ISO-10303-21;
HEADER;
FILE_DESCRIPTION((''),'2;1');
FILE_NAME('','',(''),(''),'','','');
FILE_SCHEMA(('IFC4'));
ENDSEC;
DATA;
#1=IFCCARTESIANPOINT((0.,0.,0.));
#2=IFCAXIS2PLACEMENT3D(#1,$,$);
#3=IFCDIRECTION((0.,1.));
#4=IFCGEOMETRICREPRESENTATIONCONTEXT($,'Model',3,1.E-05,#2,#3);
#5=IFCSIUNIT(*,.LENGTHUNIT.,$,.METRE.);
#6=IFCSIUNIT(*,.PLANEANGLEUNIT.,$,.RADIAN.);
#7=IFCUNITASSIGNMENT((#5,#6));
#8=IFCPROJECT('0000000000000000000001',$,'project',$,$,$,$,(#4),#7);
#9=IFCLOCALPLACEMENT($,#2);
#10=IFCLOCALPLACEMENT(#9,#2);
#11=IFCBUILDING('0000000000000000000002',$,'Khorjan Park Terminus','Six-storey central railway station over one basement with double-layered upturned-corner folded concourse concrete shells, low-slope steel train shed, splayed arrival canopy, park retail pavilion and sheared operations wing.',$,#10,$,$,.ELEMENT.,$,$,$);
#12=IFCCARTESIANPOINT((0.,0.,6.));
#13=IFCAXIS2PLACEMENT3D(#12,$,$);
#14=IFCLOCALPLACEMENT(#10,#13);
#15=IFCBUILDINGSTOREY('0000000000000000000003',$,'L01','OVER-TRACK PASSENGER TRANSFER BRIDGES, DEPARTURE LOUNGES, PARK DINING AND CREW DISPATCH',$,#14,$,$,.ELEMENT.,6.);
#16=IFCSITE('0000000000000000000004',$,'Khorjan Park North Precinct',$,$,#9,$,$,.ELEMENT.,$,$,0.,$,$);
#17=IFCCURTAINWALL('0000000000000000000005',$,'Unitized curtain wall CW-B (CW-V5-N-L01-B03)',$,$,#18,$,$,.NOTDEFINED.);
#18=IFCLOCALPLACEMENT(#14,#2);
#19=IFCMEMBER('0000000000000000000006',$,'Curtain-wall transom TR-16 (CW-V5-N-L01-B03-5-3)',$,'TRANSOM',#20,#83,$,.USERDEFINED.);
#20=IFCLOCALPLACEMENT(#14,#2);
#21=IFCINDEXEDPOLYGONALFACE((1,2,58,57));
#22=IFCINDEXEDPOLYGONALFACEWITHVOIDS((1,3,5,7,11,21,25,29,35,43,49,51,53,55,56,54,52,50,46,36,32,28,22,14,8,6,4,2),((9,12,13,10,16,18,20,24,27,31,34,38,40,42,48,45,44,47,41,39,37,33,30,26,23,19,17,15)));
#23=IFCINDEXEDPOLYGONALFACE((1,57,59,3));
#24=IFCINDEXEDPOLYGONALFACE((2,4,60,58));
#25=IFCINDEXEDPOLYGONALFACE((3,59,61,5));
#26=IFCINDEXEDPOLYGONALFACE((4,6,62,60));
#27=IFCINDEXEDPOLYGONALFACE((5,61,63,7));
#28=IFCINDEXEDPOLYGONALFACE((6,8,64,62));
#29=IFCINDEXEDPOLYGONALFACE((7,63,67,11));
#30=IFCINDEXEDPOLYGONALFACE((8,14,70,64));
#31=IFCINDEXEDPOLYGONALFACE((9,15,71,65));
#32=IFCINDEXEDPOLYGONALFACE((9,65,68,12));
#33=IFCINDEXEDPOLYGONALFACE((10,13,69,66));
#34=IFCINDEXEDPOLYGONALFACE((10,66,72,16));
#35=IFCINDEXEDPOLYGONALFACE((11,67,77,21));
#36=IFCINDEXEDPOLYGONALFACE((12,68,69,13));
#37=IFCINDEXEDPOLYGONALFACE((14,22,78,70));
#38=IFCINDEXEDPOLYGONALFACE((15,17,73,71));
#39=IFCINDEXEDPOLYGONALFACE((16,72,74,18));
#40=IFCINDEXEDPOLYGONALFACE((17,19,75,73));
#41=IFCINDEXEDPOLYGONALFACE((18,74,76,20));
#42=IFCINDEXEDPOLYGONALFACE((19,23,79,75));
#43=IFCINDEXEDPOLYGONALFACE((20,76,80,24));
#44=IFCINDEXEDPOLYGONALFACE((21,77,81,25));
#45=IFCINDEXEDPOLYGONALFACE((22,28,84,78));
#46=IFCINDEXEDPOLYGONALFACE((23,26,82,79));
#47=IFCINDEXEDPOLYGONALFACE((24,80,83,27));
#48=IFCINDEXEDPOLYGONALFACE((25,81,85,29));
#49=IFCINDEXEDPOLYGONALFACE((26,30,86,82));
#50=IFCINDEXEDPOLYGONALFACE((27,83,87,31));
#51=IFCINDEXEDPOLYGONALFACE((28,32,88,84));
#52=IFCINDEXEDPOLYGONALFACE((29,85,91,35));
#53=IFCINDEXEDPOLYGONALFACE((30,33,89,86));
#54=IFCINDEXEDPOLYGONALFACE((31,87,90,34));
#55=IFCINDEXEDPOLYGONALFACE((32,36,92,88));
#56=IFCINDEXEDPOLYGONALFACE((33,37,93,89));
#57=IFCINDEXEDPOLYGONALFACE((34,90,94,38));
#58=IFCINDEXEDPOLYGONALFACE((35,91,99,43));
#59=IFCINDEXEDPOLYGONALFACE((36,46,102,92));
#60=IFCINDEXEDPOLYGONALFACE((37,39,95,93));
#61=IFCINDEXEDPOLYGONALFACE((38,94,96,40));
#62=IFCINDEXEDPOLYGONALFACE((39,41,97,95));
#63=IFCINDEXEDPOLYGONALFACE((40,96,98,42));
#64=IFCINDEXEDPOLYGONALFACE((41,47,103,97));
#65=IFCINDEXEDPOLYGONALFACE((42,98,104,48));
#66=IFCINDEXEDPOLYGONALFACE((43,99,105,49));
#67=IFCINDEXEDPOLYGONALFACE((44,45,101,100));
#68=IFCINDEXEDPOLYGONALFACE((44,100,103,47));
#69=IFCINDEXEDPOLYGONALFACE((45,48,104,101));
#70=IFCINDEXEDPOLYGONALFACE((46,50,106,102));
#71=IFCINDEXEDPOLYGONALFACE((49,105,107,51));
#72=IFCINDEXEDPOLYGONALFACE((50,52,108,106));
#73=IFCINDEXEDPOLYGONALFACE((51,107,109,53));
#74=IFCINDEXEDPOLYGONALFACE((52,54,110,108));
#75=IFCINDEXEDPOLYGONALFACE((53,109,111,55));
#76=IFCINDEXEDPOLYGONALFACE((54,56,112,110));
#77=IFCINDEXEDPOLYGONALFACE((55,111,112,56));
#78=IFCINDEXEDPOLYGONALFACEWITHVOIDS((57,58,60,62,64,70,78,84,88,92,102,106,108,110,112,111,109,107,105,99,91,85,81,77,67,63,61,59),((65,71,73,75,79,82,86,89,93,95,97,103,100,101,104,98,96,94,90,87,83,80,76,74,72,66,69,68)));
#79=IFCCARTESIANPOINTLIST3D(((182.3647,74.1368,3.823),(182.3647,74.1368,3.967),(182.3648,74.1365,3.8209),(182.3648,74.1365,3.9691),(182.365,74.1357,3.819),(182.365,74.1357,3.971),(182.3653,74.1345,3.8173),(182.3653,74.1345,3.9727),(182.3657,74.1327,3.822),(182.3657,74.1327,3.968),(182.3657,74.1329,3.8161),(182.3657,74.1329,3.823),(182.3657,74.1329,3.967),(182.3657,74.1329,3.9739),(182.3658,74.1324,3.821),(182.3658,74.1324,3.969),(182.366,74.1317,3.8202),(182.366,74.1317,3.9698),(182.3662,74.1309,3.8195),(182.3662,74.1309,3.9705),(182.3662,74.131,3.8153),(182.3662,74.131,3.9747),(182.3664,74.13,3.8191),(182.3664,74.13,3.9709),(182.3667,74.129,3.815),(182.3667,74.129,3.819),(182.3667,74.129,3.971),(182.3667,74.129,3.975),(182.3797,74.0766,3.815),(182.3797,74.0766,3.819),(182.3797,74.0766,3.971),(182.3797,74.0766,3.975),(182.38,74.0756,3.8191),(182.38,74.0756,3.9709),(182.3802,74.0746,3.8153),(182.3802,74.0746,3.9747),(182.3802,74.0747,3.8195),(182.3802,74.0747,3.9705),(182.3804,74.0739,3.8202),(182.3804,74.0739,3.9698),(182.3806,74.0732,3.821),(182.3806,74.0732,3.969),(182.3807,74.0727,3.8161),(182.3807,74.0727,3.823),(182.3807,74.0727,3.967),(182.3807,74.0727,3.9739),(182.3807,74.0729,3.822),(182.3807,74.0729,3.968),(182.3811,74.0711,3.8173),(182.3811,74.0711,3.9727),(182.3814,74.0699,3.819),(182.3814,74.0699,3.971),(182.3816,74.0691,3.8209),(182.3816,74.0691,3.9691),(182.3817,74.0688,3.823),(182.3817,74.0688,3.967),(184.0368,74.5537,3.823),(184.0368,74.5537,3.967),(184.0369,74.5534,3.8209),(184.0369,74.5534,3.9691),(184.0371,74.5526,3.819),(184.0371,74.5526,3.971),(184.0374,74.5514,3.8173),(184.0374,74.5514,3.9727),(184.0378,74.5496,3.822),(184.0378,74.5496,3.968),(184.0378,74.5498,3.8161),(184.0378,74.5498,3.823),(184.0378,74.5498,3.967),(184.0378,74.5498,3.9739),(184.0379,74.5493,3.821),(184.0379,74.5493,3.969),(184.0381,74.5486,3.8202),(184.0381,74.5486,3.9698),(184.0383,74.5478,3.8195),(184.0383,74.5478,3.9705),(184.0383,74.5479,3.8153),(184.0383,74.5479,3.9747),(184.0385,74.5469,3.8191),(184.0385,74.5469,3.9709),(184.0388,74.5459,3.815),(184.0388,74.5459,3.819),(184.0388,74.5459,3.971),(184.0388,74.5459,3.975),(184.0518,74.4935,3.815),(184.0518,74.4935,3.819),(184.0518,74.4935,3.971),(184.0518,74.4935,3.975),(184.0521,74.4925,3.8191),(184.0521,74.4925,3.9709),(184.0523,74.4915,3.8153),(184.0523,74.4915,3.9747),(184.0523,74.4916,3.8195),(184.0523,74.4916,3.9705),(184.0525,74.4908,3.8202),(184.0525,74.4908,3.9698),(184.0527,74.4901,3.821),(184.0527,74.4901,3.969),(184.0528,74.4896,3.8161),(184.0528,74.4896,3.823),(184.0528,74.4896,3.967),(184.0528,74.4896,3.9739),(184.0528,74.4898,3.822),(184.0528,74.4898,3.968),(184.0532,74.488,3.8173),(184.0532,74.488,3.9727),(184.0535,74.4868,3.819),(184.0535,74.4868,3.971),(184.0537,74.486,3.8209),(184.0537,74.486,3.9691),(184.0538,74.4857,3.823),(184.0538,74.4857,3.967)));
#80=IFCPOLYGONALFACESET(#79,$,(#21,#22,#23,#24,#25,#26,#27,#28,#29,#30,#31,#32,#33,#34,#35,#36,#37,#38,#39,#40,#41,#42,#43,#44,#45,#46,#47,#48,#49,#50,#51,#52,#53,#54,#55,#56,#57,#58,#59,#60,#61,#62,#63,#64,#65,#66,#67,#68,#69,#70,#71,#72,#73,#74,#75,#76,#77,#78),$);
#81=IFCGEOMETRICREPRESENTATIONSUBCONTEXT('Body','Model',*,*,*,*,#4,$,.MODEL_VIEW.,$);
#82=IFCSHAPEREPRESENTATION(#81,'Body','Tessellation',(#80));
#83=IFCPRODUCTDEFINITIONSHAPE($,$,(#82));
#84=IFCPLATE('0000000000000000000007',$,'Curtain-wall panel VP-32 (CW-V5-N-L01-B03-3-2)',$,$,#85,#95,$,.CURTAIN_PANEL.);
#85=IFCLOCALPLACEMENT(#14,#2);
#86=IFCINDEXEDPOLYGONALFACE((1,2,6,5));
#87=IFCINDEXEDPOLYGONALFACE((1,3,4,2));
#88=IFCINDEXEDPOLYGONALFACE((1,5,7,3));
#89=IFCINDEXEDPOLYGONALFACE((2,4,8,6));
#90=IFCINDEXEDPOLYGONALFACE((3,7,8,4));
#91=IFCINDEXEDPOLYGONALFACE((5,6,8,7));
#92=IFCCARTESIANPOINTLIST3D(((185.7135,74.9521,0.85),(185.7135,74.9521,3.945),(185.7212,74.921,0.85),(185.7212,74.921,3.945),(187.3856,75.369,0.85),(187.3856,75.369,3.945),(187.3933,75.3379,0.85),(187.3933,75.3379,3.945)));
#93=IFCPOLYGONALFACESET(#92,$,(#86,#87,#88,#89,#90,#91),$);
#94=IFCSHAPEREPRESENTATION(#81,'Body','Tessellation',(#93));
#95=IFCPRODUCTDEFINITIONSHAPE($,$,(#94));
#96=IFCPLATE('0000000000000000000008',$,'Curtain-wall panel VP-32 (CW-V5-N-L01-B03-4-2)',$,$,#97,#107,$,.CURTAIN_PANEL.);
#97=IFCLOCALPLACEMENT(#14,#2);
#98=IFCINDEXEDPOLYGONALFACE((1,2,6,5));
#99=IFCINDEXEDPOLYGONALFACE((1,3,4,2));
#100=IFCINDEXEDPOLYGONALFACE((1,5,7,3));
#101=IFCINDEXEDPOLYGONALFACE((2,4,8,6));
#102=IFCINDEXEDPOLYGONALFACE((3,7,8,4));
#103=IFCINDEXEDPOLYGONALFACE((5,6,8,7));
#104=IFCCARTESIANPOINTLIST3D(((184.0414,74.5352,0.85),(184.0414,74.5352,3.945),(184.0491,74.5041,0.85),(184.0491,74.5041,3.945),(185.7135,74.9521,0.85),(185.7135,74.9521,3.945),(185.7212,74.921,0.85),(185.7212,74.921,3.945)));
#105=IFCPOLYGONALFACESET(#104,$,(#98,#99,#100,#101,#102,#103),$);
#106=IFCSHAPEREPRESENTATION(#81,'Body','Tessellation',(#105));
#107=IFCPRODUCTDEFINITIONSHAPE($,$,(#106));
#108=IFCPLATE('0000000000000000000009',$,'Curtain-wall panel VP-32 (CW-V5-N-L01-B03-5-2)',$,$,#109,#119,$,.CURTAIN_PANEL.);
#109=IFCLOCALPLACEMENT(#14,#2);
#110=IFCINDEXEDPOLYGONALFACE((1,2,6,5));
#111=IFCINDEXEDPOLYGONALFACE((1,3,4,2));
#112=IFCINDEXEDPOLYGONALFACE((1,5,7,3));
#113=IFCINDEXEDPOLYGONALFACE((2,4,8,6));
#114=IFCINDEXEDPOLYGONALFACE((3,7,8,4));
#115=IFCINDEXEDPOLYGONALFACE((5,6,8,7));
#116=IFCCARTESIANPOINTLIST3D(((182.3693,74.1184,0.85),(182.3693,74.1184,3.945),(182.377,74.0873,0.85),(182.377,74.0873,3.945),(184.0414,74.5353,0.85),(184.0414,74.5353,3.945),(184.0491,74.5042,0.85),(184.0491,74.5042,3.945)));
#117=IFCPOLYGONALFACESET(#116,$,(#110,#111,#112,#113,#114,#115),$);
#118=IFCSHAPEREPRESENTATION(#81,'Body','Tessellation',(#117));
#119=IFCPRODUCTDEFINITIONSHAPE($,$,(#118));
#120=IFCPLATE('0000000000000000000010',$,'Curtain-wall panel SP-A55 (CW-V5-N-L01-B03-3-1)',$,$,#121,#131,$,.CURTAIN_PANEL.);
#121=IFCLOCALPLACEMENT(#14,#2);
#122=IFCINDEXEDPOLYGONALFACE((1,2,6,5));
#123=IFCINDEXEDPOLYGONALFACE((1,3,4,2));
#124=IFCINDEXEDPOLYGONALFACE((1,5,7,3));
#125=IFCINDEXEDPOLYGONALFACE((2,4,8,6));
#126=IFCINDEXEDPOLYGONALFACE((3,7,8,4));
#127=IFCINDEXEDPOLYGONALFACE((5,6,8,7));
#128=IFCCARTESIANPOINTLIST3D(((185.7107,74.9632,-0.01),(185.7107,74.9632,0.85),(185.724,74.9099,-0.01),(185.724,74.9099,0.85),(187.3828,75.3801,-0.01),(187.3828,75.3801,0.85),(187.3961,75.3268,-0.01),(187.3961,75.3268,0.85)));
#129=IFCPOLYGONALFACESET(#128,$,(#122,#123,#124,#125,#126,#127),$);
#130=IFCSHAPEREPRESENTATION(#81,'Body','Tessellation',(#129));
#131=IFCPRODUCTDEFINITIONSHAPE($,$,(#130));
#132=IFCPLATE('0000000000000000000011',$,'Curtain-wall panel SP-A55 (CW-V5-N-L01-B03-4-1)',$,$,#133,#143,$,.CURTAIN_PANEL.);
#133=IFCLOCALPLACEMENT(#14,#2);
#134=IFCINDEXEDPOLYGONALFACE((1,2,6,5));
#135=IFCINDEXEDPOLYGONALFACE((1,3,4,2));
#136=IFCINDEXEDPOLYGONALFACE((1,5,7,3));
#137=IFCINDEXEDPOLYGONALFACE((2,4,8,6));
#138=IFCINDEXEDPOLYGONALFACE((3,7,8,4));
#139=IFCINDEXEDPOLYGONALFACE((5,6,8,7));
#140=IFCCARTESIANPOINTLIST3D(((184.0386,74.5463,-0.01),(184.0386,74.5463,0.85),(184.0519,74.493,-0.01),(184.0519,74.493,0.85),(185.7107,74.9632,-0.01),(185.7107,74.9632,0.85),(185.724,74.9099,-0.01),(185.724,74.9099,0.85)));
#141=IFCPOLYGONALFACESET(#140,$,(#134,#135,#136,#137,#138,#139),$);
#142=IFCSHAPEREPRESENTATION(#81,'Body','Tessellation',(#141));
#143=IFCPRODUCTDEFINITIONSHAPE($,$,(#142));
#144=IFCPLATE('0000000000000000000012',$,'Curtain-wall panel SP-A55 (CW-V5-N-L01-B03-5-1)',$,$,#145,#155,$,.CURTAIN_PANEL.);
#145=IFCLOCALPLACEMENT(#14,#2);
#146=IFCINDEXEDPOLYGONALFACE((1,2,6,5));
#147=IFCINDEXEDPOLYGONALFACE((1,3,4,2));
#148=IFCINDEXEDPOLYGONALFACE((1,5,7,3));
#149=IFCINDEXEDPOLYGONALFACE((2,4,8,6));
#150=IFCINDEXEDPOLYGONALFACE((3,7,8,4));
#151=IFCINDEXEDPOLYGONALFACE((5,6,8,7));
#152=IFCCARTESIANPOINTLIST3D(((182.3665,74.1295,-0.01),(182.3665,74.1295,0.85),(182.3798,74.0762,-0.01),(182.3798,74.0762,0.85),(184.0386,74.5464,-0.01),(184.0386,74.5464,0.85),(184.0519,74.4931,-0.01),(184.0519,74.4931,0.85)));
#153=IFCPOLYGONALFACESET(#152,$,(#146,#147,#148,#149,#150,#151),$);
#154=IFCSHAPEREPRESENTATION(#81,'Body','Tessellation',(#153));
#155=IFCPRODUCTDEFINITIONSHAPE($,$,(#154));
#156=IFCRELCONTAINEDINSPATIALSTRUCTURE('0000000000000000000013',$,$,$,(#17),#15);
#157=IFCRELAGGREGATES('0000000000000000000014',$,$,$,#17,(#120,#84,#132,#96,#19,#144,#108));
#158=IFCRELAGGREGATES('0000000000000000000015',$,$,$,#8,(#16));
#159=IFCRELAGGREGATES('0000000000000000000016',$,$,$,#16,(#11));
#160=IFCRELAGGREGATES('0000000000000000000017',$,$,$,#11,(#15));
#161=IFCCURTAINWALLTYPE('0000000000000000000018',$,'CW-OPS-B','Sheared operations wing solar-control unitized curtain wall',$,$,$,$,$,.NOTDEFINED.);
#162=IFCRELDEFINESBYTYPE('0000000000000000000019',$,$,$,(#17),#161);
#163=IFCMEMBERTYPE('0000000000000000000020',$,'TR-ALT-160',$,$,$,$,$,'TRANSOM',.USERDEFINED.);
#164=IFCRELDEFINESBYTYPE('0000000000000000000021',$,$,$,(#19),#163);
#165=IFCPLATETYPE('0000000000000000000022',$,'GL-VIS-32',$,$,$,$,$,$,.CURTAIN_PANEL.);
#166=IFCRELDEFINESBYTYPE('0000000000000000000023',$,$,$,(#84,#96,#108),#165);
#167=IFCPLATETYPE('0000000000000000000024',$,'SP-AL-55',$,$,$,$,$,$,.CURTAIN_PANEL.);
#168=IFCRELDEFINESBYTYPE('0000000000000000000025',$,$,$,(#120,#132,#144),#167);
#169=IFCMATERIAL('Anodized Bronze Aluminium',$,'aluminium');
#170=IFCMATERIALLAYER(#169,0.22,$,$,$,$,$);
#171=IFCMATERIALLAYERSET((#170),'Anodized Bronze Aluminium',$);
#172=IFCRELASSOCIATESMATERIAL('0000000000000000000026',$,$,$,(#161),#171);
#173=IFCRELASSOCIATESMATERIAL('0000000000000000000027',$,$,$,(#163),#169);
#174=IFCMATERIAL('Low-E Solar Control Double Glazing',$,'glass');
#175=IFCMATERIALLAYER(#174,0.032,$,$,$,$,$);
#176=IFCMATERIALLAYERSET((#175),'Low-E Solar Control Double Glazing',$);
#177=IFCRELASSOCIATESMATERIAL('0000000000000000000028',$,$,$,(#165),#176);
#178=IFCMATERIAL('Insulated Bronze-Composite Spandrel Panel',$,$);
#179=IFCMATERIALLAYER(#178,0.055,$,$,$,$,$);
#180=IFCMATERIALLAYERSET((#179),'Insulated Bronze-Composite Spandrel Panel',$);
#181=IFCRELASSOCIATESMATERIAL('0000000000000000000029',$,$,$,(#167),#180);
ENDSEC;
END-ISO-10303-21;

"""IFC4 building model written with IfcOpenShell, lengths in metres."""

from ifc_helpers import new_model, si_unit, direction, frame, origin, origin_2d, place, context, subcontext, project, spatial, rectangle, hollow_rectangle, extrude, material, layer, layer_set, material_profile, profile_set, type_object, element, aggregate, save


model = new_model("IFC4")

# Units and contexts
model_context = context("Model", 3, precision=1e-05, world=origin(), true_north=direction((0.0, 1.0)))
body_context = subcontext(model_context, "Body", "Model", "MODEL_VIEW")
ifc_project = project(units=[si_unit("LENGTHUNIT", "METRE"), si_unit("PLANEANGLEUNIT", "RADIAN")], contexts=[model_context])

# Site, building, storey
site_placement = place(None, origin())
site = spatial("IfcSite", under=ifc_project, at=site_placement, Name="Khorjan Park North Precinct", CompositionType="ELEMENT", RefElevation=0.0)
building_placement = place(site_placement, origin())
building = spatial("IfcBuilding", under=site, at=building_placement, Name="Khorjan Park Terminus", Description="Six-storey central railway station over one basement with double-layered upturned-corner folded concourse concrete shells, low-slope steel train shed, splayed arrival canopy, park retail pavilion and sheared operations wing.", CompositionType="ELEMENT")
storey_placement = place(building_placement, frame((0.0, 0.0, 6.0)))
storey = spatial("IfcBuildingStorey", under=building, at=storey_placement, Name="L01", Description="OVER-TRACK PASSENGER TRANSFER BRIDGES, DEPARTURE LOUNGES, PARK DINING AND CREW DISPATCH", CompositionType="ELEMENT", Elevation=6.0)

# Curtain wall, member, plates
ifc_material_1 = material(Name="Anodized Bronze Aluminium", Category="aluminium")
ifc_layer_1 = layer(ifc_material_1, 0.22)
ifc_layer_set_1 = layer_set([ifc_layer_1], Name="Anodized Bronze Aluminium")
curtain_wall_type = type_object("IfcCurtainWallType", Name="CW-OPS-B", Description="Sheared operations wing solar-control unitized curtain wall", PredefinedType="NOTDEFINED", material=ifc_layer_set_1)
curtain_wall_placement = place(storey_placement, origin())
curtain_wall = element("IfcCurtainWall", 1, at=curtain_wall_placement, inside=storey, type_object=curtain_wall_type, Name="Unitized curtain wall CW-B (CW-V5-N-L01-B03)", PredefinedType="NOTDEFINED")
ifc_material_profile_1 = material_profile(ifc_material_1, hollow_rectangle(XDim=0.07, YDim=0.16, WallThickness=0.004, InnerFilletRadius=0.004, OuterFilletRadius=0.008, at=origin_2d()), Name="ALT 70x160x4")
ifc_profile_set_1 = profile_set([ifc_material_profile_1], Name="Anodized Bronze Aluminium")
member_type_1 = type_object("IfcMemberType", Name="TR-ALT-160", ElementType="TRANSOM", PredefinedType="USERDEFINED", material=ifc_profile_set_1)
member_1_placement = place(storey_placement, frame((184.0453, 74.5197, 3.895), z_axis=(-0.970296, -0.241921, 0.0), x_axis=(0.241921, -0.970296, 0.0)))
member_1 = element("IfcMember", 2, at=member_1_placement, type_object=member_type_1, Name="Curtain-wall transom TR-16 (CW-V5-N-L01-B03-5-3)", ObjectType="TRANSOM", PredefinedType="USERDEFINED", context=body_context, shape_type="SweptSolid", body=[
    extrude(hollow_rectangle(XDim=0.07, YDim=0.16, WallThickness=0.004, InnerFilletRadius=0.004, OuterFilletRadius=0.008, at=origin_2d()), origin(), (0.0, 0.0, 1.0), 1.7233),
])
ifc_material_2 = material(Name="Low-E Solar Control Double Glazing", Category="glass")
ifc_layer_2 = layer(ifc_material_2, 0.032)
ifc_layer_set_2 = layer_set([ifc_layer_2], Name="Low-E Solar Control Double Glazing")
plate_type_1 = type_object("IfcPlateType", Name="GL-VIS-32", PredefinedType="CURTAIN_PANEL", material=ifc_layer_set_2)
plate_1_placement = place(storey_placement, frame((186.5534, 75.145, 0.85), z_axis=(0.0, 0.0, 1.0), x_axis=(-0.970296, -0.241921, 0.0)))
plate_1 = element("IfcPlate", 3, at=plate_1_placement, type_object=plate_type_1, Name="Curtain-wall panel VP-32 (CW-V5-N-L01-B03-3-2)", PredefinedType="CURTAIN_PANEL", context=body_context, shape_type="SweptSolid", body=[
    extrude(rectangle(XDim=1.7233, YDim=0.032, at=origin_2d()), origin(), (0.0, 0.0, 1.0), 3.095),
])
plate_2_placement = place(storey_placement, frame((184.8813, 74.7281, 0.85), z_axis=(0.0, 0.0, 1.0), x_axis=(-0.970296, -0.241921, 0.0)))
plate_2 = element("IfcPlate", 4, at=plate_2_placement, type_object=plate_type_1, Name="Curtain-wall panel VP-32 (CW-V5-N-L01-B03-4-2)", PredefinedType="CURTAIN_PANEL", context=body_context, shape_type="SweptSolid", body=[
    extrude(rectangle(XDim=1.7233, YDim=0.032, at=origin_2d()), origin(), (0.0, 0.0, 1.0), 3.095),
])
plate_3_placement = place(storey_placement, frame((183.2092, 74.3113, 0.85), z_axis=(0.0, 0.0, 1.0), x_axis=(-0.970296, -0.241921, 0.0)))
plate_3 = element("IfcPlate", 5, at=plate_3_placement, type_object=plate_type_1, Name="Curtain-wall panel VP-32 (CW-V5-N-L01-B03-5-2)", PredefinedType="CURTAIN_PANEL", context=body_context, shape_type="SweptSolid", body=[
    extrude(rectangle(XDim=1.7233, YDim=0.032, at=origin_2d()), origin(), (0.0, 0.0, 1.0), 3.095),
])
ifc_material_3 = material(Name="Insulated Bronze-Composite Spandrel Panel")
ifc_layer_3 = layer(ifc_material_3, 0.055)
ifc_layer_set_3 = layer_set([ifc_layer_3], Name="Insulated Bronze-Composite Spandrel Panel")
plate_type_2 = type_object("IfcPlateType", Name="SP-AL-55", PredefinedType="CURTAIN_PANEL", material=ifc_layer_set_3)
plate_4_placement = place(storey_placement, frame((186.5534, 75.145, -0.01), z_axis=(0.0, 0.0, 1.0), x_axis=(-0.970296, -0.241921, 0.0)))
plate_4 = element("IfcPlate", 6, at=plate_4_placement, type_object=plate_type_2, Name="Curtain-wall panel SP-A55 (CW-V5-N-L01-B03-3-1)", PredefinedType="CURTAIN_PANEL", context=body_context, shape_type="SweptSolid", body=[
    extrude(rectangle(XDim=1.7233, YDim=0.055, at=origin_2d()), origin(), (0.0, 0.0, 1.0), 0.86),
])
plate_5_placement = place(storey_placement, frame((184.8813, 74.7281, -0.01), z_axis=(0.0, 0.0, 1.0), x_axis=(-0.970296, -0.241921, 0.0)))
plate_5 = element("IfcPlate", 7, at=plate_5_placement, type_object=plate_type_2, Name="Curtain-wall panel SP-A55 (CW-V5-N-L01-B03-4-1)", PredefinedType="CURTAIN_PANEL", context=body_context, shape_type="SweptSolid", body=[
    extrude(rectangle(XDim=1.7233, YDim=0.055, at=origin_2d()), origin(), (0.0, 0.0, 1.0), 0.86),
])
plate_6_placement = place(storey_placement, frame((183.2092, 74.3113, -0.01), z_axis=(0.0, 0.0, 1.0), x_axis=(-0.970296, -0.241921, 0.0)))
plate_6 = element("IfcPlate", 8, at=plate_6_placement, type_object=plate_type_2, Name="Curtain-wall panel SP-A55 (CW-V5-N-L01-B03-5-1)", PredefinedType="CURTAIN_PANEL", context=body_context, shape_type="SweptSolid", body=[
    extrude(rectangle(XDim=1.7233, YDim=0.055, at=origin_2d()), origin(), (0.0, 0.0, 1.0), 0.86),
])
aggregate(curtain_wall, [plate_4, plate_1, plate_5, plate_2, member_1, plate_6, plate_3])

save(model, "model.ifc")
